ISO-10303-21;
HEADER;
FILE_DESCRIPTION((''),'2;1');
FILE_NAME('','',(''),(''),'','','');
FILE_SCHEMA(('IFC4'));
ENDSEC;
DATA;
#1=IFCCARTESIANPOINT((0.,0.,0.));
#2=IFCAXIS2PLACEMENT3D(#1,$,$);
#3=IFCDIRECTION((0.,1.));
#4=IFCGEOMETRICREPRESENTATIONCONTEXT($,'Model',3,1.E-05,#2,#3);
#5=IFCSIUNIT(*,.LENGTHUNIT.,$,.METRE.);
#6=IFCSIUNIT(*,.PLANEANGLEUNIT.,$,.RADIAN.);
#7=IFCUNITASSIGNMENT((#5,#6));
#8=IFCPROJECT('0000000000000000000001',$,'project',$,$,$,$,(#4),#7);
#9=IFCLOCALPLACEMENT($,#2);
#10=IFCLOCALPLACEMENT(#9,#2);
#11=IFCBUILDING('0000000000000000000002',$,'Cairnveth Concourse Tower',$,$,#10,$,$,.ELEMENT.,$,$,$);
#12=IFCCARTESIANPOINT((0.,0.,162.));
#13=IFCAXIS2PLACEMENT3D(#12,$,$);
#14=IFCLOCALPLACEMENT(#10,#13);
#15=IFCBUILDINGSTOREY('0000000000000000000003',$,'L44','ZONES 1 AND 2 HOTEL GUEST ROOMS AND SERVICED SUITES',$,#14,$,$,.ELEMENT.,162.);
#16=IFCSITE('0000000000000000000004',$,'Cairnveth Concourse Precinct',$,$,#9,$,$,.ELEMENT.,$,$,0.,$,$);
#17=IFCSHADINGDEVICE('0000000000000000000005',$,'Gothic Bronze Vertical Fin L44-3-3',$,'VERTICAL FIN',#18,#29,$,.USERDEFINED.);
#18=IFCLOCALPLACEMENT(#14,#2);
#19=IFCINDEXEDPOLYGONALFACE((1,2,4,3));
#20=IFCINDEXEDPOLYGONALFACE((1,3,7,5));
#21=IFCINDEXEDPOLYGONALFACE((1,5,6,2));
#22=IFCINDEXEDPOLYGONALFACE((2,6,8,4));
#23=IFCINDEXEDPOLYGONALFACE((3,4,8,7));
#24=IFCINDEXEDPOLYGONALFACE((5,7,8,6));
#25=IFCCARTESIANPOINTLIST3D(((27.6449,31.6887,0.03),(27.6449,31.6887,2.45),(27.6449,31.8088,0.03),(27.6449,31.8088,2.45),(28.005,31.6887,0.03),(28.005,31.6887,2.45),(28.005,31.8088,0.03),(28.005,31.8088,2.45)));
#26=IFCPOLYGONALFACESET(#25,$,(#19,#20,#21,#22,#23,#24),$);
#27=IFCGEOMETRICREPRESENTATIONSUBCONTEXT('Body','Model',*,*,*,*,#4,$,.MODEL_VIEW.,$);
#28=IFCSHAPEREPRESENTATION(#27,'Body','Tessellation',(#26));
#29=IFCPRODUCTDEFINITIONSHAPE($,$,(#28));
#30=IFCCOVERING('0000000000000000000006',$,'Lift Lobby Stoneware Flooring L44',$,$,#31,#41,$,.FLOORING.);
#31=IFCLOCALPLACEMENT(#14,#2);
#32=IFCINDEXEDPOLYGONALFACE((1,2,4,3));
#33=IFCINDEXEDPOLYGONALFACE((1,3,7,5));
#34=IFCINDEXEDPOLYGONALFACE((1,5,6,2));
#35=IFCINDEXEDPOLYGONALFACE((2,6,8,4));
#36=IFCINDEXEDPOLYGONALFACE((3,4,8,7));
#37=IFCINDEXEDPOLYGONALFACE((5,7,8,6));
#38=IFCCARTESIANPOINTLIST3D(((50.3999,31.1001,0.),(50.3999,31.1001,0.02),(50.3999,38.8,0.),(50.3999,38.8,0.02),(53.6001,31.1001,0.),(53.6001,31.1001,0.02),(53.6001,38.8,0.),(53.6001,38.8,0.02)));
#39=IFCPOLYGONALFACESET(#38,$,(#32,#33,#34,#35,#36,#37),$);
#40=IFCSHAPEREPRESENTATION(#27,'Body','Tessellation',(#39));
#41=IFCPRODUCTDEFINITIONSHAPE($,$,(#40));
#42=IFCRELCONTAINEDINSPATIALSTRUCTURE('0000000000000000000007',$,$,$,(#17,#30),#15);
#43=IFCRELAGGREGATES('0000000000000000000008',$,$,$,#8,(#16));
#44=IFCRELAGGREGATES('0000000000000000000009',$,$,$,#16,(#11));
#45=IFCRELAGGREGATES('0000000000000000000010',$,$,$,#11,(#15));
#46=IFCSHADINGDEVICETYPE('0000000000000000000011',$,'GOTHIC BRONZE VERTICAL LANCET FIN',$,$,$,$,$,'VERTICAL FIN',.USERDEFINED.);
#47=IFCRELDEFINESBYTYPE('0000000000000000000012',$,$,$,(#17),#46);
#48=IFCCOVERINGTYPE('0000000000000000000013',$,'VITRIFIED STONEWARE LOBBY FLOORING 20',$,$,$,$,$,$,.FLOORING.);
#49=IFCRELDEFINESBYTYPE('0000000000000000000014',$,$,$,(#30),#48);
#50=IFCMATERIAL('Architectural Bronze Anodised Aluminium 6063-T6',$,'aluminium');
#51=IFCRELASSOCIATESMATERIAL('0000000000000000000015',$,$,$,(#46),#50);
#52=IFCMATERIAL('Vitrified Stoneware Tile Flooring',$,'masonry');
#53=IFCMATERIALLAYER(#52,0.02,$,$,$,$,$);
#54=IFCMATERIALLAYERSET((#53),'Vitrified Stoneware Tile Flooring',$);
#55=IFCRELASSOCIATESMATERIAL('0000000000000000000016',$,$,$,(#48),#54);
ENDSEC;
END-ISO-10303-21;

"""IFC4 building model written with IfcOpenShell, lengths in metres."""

from ifc_helpers import new_model, si_unit, direction, frame, origin, origin_2d, place, context, subcontext, project, spatial, polyline, rectangle, outline, extrude, material, layer, layer_set, type_object, element, save


model = new_model("IFC4")

# Units and contexts
model_context = context("Model", 3, precision=1e-05, world=origin(), true_north=direction((0.0, 1.0)))
body_context = subcontext(model_context, "Body", "Model", "MODEL_VIEW")
ifc_project = project(units=[si_unit("LENGTHUNIT", "METRE"), si_unit("PLANEANGLEUNIT", "RADIAN")], contexts=[model_context])

# Site, building, storey
site_placement = place(None, origin())
site = spatial("IfcSite", under=ifc_project, at=site_placement, Name="Cairnveth Concourse Precinct", CompositionType="ELEMENT", RefElevation=0.0)
building_placement = place(site_placement, origin())
building = spatial("IfcBuilding", under=site, at=building_placement, Name="Cairnveth Concourse Tower", CompositionType="ELEMENT")
storey_placement = place(building_placement, frame((0.0, 0.0, 162.0)))
storey = spatial("IfcBuildingStorey", under=building, at=storey_placement, Name="L44", Description="ZONES 1 AND 2 HOTEL GUEST ROOMS AND SERVICED SUITES", CompositionType="ELEMENT", Elevation=162.0)

# Shading device
ifc_material_1 = material(Name="Architectural Bronze Anodised Aluminium 6063-T6", Category="aluminium")
shading_device_type = type_object("IfcShadingDeviceType", Name="GOTHIC BRONZE VERTICAL LANCET FIN", ElementType="VERTICAL FIN", PredefinedType="USERDEFINED", material=ifc_material_1)
for number, where, z_axis, x_axis, name in (
    (1, (27.825, 31.7488, 0.03), (0.0, 0.0, 1.0), (0.0, 1.0, 0.0), "Gothic Bronze Vertical Fin L44-3-3"),
):
    element("IfcShadingDevice", number, at=place(storey_placement, frame(where, z_axis=z_axis, x_axis=x_axis)), inside=storey, type_object=shading_device_type, Name=name, ObjectType="VERTICAL FIN", PredefinedType="USERDEFINED", context=body_context, shape_type="SweptSolid", body=[
        extrude(rectangle(XDim=0.1201, YDim=0.3601, at=origin_2d()), origin(), (0.0, 0.0, 1.0), 2.4199),
    ])

# Covering
ifc_material_2 = material(Name="Vitrified Stoneware Tile Flooring", Category="masonry")
ifc_layer_1 = layer(ifc_material_2, 0.02)
ifc_layer_set_1 = layer_set([ifc_layer_1], Name="Vitrified Stoneware Tile Flooring")
covering_type_1 = type_object("IfcCoveringType", Name="VITRIFIED STONEWARE LOBBY FLOORING 20", PredefinedType="FLOORING", material=ifc_layer_set_1)
covering_1_placement = place(storey_placement, origin())
element("IfcCovering", 2, at=covering_1_placement, inside=storey, type_object=covering_type_1, Name="Lift Lobby Stoneware Flooring L44", PredefinedType="FLOORING", context=body_context, shape_type="SweptSolid", body=[
    extrude(outline(polyline([(50.3999, 31.1001), (53.6001, 31.1001), (53.6001, 38.8), (50.3999, 38.8), (50.3999, 31.1001)])), origin(), (0.0, 0.0, 1.0), 0.02),
])

save(model, "model.ifc")
